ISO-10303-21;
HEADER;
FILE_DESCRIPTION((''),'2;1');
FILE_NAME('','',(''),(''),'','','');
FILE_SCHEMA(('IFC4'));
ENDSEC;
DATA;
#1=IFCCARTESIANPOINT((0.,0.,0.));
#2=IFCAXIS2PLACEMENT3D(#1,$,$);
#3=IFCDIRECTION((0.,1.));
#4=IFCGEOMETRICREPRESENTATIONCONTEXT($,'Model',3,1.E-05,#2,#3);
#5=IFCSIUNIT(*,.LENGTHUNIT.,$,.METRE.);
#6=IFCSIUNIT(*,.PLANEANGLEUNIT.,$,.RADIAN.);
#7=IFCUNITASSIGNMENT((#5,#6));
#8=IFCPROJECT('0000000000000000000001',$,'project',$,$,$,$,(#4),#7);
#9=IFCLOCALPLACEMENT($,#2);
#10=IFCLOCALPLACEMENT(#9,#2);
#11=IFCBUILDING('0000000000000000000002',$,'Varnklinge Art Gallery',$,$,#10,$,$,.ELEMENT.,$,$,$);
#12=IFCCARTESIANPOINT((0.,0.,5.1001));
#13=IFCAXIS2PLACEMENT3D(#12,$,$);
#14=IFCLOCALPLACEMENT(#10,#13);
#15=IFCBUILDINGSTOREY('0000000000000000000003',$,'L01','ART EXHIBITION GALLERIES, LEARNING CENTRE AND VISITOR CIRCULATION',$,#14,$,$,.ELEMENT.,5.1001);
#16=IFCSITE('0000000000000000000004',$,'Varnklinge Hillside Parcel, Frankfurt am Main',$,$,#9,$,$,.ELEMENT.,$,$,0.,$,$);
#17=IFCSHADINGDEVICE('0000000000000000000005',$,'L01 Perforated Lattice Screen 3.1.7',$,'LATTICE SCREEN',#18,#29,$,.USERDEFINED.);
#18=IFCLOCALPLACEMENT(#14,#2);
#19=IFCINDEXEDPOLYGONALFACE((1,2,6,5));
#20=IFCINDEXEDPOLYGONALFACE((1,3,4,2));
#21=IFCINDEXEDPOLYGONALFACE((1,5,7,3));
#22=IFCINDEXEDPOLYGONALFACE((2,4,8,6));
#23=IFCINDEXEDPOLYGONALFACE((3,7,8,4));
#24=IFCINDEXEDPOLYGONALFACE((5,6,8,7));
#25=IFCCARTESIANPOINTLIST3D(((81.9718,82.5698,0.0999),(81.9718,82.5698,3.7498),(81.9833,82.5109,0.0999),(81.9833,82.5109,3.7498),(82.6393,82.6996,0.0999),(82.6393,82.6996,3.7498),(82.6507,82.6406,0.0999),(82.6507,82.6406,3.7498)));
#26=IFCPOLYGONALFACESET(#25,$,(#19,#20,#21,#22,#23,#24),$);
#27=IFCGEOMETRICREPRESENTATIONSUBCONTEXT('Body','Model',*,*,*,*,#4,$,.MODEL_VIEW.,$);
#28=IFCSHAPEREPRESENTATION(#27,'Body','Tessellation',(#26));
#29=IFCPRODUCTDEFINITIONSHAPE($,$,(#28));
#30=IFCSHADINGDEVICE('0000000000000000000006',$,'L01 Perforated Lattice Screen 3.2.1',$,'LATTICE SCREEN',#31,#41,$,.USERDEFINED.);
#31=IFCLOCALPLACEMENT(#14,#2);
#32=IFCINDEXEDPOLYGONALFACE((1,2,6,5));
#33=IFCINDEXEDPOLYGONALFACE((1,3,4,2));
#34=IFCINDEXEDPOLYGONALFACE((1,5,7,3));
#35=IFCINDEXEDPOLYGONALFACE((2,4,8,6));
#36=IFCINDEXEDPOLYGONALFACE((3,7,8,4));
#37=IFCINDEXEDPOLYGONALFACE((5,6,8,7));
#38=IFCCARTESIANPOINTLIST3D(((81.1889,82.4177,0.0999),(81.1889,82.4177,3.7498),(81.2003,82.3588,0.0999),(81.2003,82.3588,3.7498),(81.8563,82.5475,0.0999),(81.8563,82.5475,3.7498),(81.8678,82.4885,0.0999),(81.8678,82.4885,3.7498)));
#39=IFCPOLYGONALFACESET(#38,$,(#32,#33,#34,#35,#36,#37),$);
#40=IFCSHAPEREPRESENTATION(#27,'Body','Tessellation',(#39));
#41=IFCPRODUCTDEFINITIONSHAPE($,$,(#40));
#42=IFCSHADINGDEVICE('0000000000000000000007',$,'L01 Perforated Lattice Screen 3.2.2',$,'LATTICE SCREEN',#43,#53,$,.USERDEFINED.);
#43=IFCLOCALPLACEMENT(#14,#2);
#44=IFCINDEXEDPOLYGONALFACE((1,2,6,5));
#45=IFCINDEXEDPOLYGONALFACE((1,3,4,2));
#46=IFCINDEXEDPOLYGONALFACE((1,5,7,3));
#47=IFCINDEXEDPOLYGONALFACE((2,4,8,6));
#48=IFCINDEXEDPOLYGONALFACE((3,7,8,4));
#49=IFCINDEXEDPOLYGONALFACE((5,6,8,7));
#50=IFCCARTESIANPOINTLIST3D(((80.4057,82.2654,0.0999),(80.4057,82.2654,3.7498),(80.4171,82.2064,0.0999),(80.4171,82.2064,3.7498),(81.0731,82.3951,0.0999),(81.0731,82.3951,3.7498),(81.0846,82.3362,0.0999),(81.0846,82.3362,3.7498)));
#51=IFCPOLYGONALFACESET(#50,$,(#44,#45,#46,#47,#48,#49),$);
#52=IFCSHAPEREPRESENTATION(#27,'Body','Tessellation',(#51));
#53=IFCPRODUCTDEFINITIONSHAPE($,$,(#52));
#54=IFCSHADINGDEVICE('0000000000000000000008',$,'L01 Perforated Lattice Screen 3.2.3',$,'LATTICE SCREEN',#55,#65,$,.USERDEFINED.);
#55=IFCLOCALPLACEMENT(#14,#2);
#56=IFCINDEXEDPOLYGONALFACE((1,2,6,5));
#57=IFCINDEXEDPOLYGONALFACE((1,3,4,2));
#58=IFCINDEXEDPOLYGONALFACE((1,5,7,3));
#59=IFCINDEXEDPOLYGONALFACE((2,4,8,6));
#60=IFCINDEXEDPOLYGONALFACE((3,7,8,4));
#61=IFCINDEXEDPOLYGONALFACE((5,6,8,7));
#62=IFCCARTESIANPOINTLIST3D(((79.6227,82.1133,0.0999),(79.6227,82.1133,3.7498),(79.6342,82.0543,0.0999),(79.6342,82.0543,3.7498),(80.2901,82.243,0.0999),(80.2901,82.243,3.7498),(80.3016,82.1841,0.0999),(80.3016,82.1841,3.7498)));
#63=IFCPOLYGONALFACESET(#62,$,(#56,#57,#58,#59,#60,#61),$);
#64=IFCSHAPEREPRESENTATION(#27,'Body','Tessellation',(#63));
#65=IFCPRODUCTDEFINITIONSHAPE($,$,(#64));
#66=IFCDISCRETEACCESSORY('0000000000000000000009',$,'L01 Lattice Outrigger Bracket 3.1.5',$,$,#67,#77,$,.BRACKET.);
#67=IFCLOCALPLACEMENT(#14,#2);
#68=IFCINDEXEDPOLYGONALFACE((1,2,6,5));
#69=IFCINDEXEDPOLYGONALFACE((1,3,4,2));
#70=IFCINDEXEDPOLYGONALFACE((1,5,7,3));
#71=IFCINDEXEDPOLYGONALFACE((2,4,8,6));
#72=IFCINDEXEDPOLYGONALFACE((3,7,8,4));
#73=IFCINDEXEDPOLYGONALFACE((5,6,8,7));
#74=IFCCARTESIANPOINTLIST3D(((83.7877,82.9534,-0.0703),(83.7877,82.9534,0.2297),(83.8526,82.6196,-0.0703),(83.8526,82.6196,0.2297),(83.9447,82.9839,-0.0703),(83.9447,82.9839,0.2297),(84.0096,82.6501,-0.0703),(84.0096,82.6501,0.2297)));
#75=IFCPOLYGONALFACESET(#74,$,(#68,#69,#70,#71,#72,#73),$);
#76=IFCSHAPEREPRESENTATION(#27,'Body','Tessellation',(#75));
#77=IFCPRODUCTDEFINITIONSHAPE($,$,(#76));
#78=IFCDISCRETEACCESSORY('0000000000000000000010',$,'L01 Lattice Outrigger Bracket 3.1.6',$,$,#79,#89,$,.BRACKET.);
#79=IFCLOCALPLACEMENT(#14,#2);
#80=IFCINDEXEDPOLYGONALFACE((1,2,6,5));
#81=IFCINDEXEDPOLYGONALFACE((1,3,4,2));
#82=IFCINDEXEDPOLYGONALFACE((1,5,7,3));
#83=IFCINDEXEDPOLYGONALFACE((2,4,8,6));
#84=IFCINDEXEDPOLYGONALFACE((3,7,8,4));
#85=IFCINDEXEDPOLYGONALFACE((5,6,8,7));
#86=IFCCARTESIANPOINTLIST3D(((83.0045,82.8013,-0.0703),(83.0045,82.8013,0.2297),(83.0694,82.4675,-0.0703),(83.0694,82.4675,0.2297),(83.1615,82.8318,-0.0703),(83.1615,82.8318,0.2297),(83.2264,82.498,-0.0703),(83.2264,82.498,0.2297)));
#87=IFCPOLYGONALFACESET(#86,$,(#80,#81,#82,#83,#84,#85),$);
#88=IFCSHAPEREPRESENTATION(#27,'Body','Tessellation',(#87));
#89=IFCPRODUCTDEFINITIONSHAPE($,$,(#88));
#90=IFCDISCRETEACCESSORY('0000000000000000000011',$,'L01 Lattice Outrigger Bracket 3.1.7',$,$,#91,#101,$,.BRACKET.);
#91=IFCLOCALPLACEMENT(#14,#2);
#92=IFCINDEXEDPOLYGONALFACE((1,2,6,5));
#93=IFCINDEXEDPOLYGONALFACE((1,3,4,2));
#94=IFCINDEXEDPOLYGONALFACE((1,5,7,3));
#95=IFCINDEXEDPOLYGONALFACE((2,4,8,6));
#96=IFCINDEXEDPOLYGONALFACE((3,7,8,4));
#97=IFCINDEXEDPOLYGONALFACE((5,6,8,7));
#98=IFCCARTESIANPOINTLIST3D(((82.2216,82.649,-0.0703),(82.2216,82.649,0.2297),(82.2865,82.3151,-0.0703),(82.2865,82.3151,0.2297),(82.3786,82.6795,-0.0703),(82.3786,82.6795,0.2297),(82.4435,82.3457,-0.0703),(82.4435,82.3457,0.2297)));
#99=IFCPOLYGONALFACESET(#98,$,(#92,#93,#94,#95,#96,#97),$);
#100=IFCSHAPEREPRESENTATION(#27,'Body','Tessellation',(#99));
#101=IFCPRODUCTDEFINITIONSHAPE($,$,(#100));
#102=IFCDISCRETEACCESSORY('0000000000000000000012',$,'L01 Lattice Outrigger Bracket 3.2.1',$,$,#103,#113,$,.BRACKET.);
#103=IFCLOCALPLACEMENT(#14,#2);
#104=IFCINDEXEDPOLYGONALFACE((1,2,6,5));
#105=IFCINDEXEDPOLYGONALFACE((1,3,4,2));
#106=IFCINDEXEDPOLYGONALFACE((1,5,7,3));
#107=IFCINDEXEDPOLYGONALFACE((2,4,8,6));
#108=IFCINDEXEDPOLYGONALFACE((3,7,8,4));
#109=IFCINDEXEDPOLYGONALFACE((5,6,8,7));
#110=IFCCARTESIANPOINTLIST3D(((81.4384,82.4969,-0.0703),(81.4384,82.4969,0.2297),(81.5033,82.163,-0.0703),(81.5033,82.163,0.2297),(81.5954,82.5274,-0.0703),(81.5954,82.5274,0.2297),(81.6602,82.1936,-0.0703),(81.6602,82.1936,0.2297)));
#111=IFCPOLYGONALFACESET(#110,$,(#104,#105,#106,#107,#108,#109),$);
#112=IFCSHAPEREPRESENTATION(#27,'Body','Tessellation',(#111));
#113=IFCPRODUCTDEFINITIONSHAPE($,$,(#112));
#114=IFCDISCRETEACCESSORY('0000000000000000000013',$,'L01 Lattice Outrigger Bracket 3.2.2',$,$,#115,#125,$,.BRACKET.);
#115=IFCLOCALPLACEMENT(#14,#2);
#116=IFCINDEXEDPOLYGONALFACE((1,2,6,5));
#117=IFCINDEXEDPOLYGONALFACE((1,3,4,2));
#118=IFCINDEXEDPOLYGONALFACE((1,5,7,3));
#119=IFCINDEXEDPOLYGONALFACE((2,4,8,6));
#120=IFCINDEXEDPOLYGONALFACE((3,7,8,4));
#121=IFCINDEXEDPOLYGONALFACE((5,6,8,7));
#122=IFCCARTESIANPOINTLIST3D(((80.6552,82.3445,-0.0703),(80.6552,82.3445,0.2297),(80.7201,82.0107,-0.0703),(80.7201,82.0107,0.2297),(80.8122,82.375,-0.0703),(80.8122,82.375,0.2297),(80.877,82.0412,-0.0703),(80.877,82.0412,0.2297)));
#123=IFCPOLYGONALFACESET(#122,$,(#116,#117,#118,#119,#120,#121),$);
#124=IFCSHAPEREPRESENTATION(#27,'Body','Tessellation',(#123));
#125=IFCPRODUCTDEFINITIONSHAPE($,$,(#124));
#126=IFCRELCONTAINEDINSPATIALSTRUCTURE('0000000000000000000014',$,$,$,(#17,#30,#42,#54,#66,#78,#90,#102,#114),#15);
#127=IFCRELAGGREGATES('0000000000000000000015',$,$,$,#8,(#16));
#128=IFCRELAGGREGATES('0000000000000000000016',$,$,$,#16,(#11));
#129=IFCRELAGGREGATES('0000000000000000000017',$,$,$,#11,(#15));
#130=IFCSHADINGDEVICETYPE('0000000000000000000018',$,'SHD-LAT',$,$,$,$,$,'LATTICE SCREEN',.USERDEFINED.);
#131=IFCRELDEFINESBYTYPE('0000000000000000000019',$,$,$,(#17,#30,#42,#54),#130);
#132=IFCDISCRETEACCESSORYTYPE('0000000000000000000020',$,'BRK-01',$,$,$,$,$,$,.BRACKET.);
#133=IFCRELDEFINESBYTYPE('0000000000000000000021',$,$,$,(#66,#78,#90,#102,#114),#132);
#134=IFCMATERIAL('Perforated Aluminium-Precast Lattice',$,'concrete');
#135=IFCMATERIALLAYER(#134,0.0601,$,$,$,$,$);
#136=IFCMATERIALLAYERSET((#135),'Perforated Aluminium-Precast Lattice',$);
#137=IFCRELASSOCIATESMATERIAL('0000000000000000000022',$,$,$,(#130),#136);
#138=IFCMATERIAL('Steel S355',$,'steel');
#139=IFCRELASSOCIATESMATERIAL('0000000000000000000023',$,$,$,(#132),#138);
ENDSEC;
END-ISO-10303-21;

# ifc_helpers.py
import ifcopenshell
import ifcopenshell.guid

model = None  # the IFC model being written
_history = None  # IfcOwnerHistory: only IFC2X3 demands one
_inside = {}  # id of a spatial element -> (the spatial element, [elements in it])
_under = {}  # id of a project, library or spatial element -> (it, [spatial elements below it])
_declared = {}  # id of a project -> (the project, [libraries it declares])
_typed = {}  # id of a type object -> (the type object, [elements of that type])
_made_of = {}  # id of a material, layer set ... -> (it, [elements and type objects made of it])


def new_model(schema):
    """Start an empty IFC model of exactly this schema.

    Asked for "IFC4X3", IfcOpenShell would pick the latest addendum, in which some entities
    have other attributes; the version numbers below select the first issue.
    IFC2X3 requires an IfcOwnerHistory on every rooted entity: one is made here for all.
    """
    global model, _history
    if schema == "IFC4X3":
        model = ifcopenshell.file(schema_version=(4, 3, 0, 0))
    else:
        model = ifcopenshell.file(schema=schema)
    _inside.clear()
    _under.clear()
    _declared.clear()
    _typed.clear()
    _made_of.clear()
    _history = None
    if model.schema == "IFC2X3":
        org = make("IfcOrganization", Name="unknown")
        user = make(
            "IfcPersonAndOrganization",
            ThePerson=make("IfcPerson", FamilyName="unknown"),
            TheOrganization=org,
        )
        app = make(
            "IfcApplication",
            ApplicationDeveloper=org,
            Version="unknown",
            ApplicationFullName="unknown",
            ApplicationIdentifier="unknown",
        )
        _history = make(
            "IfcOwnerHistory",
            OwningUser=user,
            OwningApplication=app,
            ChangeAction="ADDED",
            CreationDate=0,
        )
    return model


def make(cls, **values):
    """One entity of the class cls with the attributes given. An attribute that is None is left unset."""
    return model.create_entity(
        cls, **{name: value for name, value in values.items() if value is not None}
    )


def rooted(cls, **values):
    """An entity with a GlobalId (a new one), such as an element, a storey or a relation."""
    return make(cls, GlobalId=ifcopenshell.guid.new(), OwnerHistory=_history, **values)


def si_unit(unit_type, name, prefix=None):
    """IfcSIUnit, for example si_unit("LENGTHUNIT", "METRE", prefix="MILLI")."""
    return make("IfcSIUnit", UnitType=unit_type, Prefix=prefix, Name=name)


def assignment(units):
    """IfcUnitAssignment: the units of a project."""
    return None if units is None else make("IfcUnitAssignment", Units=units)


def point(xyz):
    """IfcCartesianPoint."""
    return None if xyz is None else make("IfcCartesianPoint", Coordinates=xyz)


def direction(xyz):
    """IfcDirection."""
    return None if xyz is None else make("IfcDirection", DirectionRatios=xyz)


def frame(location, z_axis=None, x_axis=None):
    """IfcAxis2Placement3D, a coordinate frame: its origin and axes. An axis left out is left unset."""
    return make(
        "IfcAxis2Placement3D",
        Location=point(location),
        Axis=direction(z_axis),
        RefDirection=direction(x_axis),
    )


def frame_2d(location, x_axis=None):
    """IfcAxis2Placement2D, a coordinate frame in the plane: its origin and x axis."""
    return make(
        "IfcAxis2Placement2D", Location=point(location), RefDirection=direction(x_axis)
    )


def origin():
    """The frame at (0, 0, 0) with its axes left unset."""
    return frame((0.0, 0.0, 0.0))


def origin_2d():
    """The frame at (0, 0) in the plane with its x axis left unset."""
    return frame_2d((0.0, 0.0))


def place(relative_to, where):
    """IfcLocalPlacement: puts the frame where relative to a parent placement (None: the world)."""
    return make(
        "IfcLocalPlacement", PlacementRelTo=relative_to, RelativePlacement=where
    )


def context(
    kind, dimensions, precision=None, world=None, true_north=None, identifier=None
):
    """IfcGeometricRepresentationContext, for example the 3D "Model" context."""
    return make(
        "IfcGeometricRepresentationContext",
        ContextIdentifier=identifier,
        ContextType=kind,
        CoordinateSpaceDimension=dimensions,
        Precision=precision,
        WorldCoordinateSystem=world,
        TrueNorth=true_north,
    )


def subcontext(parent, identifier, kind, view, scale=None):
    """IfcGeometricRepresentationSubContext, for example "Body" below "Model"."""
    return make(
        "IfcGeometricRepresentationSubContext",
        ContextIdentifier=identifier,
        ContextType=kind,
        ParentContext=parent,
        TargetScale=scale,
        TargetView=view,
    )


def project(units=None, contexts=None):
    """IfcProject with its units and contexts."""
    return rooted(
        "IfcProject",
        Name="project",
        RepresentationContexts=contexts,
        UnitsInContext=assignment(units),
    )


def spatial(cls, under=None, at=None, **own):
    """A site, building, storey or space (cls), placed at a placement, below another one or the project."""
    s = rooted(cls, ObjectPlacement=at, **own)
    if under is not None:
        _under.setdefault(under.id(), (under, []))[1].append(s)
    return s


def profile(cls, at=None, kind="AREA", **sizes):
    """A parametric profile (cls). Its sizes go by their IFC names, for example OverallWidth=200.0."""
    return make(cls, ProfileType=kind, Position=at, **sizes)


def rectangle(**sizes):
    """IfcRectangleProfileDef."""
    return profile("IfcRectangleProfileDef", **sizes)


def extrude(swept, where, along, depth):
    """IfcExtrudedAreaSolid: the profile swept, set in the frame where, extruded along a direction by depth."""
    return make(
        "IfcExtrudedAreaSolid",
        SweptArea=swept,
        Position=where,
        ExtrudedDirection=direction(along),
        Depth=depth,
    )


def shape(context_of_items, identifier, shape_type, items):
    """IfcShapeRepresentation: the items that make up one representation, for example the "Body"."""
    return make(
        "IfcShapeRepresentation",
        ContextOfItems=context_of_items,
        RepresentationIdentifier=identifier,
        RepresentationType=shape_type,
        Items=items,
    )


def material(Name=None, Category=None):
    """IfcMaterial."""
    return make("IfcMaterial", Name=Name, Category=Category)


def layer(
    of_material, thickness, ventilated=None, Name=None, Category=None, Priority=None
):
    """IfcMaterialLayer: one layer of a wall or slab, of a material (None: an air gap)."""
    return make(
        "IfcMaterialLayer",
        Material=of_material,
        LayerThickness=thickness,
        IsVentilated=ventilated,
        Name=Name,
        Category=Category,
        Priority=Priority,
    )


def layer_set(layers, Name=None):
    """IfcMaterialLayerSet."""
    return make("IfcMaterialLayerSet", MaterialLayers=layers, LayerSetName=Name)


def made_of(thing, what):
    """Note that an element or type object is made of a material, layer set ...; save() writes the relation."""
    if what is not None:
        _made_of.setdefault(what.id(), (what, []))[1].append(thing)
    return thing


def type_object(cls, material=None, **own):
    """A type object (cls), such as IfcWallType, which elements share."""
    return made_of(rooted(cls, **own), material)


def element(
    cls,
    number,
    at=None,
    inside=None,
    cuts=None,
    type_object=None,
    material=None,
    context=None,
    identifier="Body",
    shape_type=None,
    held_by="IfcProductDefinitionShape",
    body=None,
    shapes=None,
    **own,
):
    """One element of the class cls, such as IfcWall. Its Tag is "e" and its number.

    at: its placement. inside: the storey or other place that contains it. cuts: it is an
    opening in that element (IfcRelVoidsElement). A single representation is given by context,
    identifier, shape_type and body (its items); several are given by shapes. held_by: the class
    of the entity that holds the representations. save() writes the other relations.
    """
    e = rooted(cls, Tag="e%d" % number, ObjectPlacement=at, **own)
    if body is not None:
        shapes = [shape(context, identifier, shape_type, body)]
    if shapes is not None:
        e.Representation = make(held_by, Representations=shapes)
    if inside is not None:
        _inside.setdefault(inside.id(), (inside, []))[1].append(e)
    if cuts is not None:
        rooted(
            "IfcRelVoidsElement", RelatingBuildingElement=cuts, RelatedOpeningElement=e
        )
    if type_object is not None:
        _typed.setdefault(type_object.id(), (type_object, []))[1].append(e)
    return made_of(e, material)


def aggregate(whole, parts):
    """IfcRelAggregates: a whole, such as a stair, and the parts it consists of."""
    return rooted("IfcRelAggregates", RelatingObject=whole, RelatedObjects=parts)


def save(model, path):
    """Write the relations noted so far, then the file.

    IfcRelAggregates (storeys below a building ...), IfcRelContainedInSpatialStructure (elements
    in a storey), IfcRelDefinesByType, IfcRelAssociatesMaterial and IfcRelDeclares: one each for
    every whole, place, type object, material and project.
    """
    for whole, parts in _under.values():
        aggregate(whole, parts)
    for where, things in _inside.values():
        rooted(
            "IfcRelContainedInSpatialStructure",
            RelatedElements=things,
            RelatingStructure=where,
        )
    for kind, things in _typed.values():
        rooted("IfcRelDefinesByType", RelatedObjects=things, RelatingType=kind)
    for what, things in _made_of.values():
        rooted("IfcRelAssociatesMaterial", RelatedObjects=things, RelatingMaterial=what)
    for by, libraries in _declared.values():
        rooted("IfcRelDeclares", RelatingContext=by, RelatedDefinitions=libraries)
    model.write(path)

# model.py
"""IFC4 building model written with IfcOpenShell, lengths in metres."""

from ifc_helpers import new_model, si_unit, direction, frame, origin, origin_2d, place, context, subcontext, project, spatial, rectangle, extrude, material, layer, layer_set, type_object, element, save


model = new_model("IFC4")

# Units and contexts
model_context = context("Model", 3, precision=1e-05, world=origin(), true_north=direction((0.0, 1.0)))
body_context = subcontext(model_context, "Body", "Model", "MODEL_VIEW")
ifc_project = project(units=[si_unit("LENGTHUNIT", "METRE"), si_unit("PLANEANGLEUNIT", "RADIAN")], contexts=[model_context])

# Site, building, storey
site_placement = place(None, origin())
site = spatial("IfcSite", under=ifc_project, at=site_placement, Name="Varnklinge Hillside Parcel, Frankfurt am Main", CompositionType="ELEMENT", RefElevation=0.0)
building_placement = place(site_placement, origin())
building = spatial("IfcBuilding", under=site, at=building_placement, Name="Varnklinge Art Gallery", CompositionType="ELEMENT")
storey_placement = place(building_placement, frame((0.0, 0.0, 5.1001)))
storey = spatial("IfcBuildingStorey", under=building, at=storey_placement, Name="L01", Description="ART EXHIBITION GALLERIES, LEARNING CENTRE AND VISITOR CIRCULATION", CompositionType="ELEMENT", Elevation=5.1001)

# Shading devices
ifc_material_1 = material(Name="Perforated Aluminium-Precast Lattice", Category="concrete")
ifc_layer_1 = layer(ifc_material_1, 0.0601)
ifc_layer_set_1 = layer_set([ifc_layer_1], Name="Perforated Aluminium-Precast Lattice")
shading_device_type = type_object("IfcShadingDeviceType", Name="SHD-LAT", ElementType="LATTICE SCREEN", PredefinedType="USERDEFINED", material=ifc_layer_set_1)
for number, where, z_axis, x_axis, name in (
    (1, (82.3113, 82.6052, 0.0999), (0.0, 0.0, 1.0), (-0.981627, -0.190809, 0.0), "L01 Perforated Lattice Screen 3.1.7"),
    (2, (81.5283, 82.4531, 0.0999), (0.0, 0.0, 1.0), (-0.981627, -0.190809, 0.0), "L01 Perforated Lattice Screen 3.2.1"),
    (3, (80.7451, 82.3008, 0.0999), (0.0, 0.0, 1.0), (-0.981627, -0.190809, 0.0), "L01 Perforated Lattice Screen 3.2.2"),
    (4, (79.9622, 82.1487, 0.0999), (0.0, 0.0, 1.0), (-0.981627, -0.190809, 0.0), "L01 Perforated Lattice Screen 3.2.3"),
):
    element("IfcShadingDevice", number, at=place(storey_placement, frame(where, z_axis=z_axis, x_axis=x_axis)), inside=storey, type_object=shading_device_type, Name=name, ObjectType="LATTICE SCREEN", PredefinedType="USERDEFINED", context=body_context, shape_type="SweptSolid", body=[
        extrude(rectangle(XDim=0.6799, YDim=0.0601, at=origin_2d()), origin(), (0.0, 0.0, 1.0), 3.6499),
    ])

# Discrete accessories
ifc_material_2 = material(Name="Steel S355", Category="steel")
discrete_accessory_type = type_object("IfcDiscreteAccessoryType", Name="BRK-01", PredefinedType="BRACKET", material=ifc_material_2)
for number, where, z_axis, x_axis, name in (
    (5, (83.8987, 82.8018, -0.0703), (0.0, 0.0, 1.0), (-0.981627, -0.190809, 0.0), "L01 Lattice Outrigger Bracket 3.1.5"),
    (6, (83.1155, 82.6497, -0.0703), (0.0, 0.0, 1.0), (-0.981627, -0.190809, 0.0), "L01 Lattice Outrigger Bracket 3.1.6"),
    (7, (82.3325, 82.4973, -0.0703), (0.0, 0.0, 1.0), (-0.981627, -0.190809, 0.0), "L01 Lattice Outrigger Bracket 3.1.7"),
    (8, (81.5493, 82.3452, -0.0703), (0.0, 0.0, 1.0), (-0.981627, -0.190809, 0.0), "L01 Lattice Outrigger Bracket 3.2.1"),
    (9, (80.7661, 82.1929, -0.0703), (0.0, 0.0, 1.0), (-0.981627, -0.190809, 0.0), "L01 Lattice Outrigger Bracket 3.2.2"),
):
    element("IfcDiscreteAccessory", number, at=place(storey_placement, frame(where, z_axis=z_axis, x_axis=x_axis)), inside=storey, type_object=discrete_accessory_type, Name=name, PredefinedType="BRACKET", context=body_context, shape_type="SweptSolid", body=[
        extrude(rectangle(XDim=0.1599, YDim=0.3401, at=origin_2d()), origin(), (0.0, 0.0, 1.0), 0.3),
    ])

save(model, "model.ifc")
